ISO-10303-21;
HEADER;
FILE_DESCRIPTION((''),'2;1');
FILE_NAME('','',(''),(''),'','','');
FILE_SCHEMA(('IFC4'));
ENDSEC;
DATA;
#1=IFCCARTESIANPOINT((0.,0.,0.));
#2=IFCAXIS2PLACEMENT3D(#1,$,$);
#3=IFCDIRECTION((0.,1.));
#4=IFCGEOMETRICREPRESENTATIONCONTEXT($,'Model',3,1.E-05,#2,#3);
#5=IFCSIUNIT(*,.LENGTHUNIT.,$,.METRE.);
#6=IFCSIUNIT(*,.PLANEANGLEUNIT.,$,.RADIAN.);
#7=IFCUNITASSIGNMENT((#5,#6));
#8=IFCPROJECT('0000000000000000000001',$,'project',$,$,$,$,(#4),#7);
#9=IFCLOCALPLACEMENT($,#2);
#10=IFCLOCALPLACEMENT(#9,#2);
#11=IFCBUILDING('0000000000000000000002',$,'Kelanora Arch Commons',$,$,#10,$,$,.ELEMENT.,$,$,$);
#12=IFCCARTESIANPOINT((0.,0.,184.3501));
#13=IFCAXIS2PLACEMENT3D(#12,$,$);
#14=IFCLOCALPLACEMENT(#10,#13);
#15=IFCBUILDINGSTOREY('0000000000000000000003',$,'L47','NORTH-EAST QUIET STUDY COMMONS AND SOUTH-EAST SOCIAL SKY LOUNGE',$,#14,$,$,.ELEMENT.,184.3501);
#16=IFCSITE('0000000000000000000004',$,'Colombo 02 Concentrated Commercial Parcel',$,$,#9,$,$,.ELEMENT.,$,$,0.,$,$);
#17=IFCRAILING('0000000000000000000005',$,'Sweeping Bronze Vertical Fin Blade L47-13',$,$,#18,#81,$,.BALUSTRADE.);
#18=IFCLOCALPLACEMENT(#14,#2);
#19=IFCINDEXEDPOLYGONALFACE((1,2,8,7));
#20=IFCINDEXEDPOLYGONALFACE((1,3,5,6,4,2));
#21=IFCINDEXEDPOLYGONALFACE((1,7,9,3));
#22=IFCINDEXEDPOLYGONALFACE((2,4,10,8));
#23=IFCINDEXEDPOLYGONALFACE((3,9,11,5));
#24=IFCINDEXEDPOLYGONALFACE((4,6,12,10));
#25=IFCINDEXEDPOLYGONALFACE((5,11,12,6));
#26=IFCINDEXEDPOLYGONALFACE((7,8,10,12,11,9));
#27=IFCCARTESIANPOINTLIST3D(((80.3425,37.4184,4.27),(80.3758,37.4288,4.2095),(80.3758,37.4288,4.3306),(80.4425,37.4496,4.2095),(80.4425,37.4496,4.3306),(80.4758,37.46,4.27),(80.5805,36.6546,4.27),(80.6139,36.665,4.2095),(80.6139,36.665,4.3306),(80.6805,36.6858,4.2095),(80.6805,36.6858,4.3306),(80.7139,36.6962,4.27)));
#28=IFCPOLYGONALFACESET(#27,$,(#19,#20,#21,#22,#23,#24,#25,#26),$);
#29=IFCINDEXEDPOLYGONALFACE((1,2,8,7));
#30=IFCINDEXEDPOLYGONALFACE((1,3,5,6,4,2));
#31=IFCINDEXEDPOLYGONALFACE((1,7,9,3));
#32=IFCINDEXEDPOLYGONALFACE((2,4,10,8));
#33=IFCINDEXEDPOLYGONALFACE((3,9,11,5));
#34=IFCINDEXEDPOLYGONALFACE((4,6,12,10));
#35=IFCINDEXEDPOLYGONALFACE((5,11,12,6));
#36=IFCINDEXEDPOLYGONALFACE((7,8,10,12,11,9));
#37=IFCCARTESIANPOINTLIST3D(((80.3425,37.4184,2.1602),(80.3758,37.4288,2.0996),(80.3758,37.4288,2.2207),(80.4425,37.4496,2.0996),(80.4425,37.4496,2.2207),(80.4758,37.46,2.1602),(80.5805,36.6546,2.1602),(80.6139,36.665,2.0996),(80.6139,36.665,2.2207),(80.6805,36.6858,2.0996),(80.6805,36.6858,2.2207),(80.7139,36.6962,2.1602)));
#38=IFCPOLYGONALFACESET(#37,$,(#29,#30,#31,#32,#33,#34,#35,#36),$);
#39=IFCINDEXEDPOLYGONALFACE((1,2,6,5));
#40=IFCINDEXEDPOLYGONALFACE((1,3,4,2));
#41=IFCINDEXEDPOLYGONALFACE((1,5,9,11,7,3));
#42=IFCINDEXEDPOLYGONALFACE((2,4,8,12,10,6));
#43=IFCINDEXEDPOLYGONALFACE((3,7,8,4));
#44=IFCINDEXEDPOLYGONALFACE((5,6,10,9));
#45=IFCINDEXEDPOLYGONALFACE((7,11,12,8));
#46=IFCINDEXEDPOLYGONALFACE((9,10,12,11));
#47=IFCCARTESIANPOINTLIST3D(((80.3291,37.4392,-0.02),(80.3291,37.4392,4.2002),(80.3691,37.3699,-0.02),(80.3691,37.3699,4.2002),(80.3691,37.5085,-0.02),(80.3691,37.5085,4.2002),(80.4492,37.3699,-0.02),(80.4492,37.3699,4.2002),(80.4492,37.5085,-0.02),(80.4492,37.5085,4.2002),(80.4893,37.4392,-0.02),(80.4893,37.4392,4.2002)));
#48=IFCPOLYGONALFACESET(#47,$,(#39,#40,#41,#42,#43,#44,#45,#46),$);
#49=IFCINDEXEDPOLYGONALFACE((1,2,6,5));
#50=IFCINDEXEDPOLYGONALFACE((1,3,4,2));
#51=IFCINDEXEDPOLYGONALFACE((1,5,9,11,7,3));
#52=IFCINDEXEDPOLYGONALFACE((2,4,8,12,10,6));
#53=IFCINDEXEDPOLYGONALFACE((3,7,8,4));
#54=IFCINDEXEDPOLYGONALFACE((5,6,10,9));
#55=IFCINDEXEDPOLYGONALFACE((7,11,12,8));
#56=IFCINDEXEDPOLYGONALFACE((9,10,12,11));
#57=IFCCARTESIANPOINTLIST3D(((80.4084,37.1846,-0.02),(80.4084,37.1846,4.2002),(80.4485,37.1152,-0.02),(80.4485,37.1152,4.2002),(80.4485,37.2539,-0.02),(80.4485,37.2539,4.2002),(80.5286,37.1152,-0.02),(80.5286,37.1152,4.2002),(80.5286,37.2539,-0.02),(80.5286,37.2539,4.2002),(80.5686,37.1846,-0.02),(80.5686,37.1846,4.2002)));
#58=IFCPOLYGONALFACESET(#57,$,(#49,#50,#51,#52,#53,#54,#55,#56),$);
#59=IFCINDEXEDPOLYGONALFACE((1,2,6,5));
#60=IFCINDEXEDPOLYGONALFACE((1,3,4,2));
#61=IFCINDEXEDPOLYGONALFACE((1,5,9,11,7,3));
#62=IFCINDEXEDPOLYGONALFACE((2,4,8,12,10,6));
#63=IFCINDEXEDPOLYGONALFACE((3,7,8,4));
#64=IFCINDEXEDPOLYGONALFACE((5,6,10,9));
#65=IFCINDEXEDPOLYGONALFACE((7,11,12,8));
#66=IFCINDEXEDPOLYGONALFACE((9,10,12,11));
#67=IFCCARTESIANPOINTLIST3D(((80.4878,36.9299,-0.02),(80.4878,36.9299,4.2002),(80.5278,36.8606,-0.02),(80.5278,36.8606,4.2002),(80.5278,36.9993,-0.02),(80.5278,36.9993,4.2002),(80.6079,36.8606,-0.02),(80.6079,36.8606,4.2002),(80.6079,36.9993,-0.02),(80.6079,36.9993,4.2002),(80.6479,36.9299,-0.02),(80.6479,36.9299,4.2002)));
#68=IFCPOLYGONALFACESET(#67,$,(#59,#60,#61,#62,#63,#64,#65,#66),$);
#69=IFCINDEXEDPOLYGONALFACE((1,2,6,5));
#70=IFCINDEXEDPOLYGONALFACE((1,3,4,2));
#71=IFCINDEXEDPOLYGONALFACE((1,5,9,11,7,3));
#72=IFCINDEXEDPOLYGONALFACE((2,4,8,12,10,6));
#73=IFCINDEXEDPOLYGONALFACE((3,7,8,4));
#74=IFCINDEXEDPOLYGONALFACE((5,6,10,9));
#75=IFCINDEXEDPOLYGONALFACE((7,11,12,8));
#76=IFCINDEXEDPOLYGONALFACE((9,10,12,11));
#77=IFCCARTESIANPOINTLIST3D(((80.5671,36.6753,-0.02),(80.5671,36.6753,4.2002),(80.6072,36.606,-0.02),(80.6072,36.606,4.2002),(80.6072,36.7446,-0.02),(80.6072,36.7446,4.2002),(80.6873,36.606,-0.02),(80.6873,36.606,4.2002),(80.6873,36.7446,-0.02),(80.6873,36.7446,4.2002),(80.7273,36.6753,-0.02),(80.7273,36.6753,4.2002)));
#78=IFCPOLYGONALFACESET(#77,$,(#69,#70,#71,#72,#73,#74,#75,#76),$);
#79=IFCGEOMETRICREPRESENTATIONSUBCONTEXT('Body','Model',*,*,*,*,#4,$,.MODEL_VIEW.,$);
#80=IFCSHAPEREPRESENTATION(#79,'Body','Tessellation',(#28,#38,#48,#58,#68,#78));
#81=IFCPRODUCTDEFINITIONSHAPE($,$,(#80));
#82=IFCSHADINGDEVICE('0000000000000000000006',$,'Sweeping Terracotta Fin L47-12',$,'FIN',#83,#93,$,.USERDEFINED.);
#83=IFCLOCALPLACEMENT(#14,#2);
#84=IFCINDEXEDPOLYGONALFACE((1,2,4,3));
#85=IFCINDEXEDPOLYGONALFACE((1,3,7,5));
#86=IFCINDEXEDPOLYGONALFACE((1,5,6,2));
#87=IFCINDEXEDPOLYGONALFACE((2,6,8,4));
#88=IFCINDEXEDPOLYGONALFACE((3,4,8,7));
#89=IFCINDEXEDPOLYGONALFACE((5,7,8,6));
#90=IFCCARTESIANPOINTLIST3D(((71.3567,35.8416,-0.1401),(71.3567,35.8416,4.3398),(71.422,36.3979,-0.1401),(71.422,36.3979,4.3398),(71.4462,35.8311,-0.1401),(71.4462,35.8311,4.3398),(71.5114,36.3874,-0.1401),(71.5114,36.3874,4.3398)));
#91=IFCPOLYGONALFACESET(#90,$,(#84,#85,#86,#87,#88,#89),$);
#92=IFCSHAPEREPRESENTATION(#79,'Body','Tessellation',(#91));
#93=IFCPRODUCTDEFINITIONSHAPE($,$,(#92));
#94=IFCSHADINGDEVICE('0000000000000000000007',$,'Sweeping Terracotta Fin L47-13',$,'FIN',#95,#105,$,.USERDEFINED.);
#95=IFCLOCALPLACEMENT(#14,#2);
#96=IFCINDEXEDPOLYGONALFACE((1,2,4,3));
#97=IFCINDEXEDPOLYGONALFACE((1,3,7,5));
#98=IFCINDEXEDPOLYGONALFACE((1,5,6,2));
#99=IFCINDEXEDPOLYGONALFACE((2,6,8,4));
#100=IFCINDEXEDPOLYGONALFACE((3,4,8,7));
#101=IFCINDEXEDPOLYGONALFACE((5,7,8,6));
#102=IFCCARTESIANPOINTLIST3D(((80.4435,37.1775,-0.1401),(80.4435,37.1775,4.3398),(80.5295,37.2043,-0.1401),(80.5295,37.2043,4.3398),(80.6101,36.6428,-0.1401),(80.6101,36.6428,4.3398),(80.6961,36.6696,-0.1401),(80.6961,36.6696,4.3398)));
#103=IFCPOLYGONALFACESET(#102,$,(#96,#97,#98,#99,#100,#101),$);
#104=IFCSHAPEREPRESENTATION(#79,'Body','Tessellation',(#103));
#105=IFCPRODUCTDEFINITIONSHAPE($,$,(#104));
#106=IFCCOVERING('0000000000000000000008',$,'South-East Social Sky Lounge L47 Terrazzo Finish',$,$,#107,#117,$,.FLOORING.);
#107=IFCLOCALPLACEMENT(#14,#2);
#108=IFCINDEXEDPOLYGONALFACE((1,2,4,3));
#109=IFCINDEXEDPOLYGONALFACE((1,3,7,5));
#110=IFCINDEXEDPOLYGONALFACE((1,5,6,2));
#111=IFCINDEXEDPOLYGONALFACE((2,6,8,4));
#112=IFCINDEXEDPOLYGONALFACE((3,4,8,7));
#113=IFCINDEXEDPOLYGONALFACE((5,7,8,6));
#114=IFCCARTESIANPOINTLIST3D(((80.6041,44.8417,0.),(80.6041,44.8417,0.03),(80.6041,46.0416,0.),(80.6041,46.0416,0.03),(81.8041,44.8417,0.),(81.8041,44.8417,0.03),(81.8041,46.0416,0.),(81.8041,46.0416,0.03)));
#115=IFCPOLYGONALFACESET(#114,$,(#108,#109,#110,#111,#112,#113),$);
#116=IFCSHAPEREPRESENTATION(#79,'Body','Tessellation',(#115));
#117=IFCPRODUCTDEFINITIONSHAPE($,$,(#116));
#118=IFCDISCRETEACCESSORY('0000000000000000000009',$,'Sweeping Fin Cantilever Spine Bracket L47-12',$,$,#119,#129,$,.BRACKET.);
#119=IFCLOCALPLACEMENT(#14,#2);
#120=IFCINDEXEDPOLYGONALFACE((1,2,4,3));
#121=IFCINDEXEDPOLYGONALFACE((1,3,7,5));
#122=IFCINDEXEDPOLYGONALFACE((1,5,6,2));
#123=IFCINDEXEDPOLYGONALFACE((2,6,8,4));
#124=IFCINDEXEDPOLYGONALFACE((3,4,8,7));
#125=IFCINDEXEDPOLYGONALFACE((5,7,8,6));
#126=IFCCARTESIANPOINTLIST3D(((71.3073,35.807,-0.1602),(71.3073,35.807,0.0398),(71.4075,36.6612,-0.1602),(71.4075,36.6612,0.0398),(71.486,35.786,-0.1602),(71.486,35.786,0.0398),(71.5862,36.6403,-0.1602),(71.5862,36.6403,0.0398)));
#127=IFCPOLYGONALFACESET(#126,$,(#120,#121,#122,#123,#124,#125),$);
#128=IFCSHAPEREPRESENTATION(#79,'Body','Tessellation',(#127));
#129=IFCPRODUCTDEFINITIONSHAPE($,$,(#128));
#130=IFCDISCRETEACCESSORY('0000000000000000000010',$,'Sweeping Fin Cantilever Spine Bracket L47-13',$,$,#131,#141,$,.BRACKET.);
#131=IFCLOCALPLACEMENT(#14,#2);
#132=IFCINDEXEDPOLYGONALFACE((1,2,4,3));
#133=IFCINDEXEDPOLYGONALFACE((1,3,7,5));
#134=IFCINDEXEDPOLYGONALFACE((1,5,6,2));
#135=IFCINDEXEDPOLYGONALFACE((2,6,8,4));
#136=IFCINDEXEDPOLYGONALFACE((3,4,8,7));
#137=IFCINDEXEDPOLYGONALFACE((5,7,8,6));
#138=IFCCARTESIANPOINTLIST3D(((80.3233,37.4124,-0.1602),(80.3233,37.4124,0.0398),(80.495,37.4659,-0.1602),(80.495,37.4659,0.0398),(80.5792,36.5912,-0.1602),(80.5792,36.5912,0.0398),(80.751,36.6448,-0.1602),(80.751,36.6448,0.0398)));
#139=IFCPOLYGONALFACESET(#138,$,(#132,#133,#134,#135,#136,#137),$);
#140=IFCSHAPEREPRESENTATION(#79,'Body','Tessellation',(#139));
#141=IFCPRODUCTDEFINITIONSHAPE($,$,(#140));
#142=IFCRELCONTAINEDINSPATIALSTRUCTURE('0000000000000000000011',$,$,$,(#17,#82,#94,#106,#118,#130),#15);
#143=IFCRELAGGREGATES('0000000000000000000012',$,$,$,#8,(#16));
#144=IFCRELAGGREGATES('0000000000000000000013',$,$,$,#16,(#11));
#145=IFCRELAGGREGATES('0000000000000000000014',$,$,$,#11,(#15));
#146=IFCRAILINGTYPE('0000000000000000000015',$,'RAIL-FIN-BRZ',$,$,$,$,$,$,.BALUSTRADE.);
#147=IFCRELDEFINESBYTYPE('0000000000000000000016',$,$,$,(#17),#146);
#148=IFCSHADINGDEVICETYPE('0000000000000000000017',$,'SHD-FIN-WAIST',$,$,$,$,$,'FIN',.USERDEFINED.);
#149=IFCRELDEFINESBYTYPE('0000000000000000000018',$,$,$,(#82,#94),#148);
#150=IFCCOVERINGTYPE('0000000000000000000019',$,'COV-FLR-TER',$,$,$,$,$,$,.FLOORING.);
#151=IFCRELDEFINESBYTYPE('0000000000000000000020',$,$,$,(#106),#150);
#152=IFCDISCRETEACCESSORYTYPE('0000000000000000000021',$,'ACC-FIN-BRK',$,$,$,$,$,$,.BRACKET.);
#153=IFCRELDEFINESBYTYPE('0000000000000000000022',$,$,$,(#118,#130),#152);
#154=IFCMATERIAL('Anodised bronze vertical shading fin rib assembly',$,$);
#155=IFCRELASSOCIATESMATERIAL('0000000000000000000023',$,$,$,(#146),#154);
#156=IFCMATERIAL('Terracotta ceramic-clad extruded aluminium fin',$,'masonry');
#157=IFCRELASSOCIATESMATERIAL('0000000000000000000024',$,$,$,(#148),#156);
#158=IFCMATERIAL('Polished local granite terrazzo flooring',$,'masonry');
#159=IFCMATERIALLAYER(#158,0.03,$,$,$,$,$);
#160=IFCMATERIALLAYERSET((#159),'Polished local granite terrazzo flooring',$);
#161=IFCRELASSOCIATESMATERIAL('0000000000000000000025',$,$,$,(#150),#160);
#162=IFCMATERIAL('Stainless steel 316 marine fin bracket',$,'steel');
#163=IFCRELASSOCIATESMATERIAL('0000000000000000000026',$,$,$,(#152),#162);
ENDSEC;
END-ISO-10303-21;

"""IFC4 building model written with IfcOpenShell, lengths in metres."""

from ifc_helpers import new_model, si_unit, direction, frame, origin, origin_2d, place, context, subcontext, project, spatial, polyline, rectangle, outline, extrude, source, transform, mapped, material, layer, layer_set, type_object, element, save


model = new_model("IFC4")

# Units and contexts
model_context = context("Model", 3, precision=1e-05, world=origin(), true_north=direction((0.0, 1.0)))
body_context = subcontext(model_context, "Body", "Model", "MODEL_VIEW")
ifc_project = project(units=[si_unit("LENGTHUNIT", "METRE"), si_unit("PLANEANGLEUNIT", "RADIAN")], contexts=[model_context])

# Site, building, storey
site_placement = place(None, origin())
site = spatial("IfcSite", under=ifc_project, at=site_placement, Name="Colombo 02 Concentrated Commercial Parcel", CompositionType="ELEMENT", RefElevation=0.0)
building_placement = place(site_placement, origin())
building = spatial("IfcBuilding", under=site, at=building_placement, Name="Kelanora Arch Commons", CompositionType="ELEMENT")
storey_placement = place(building_placement, frame((0.0, 0.0, 184.3501)))
storey = spatial("IfcBuildingStorey", under=building, at=storey_placement, Name="L47", Description="NORTH-EAST QUIET STUDY COMMONS AND SOUTH-EAST SOCIAL SKY LOUNGE", CompositionType="ELEMENT", Elevation=184.3501)

# Railing
ifc_material_1 = material(Name="Anodised bronze vertical shading fin rib assembly")
railing_type = type_object("IfcRailingType", Name="RAIL-FIN-BRZ", PredefinedType="BALUSTRADE", material=ifc_material_1)
railing_1_placement = place(storey_placement, frame((80.4092, 37.4392, -0.02)))
element("IfcRailing", 1, at=railing_1_placement, inside=storey, type_object=railing_type, Name="Sweeping Bronze Vertical Fin Blade L47-13", PredefinedType="BALUSTRADE", context=body_context, shape_type="SweptSolid", body=[
    extrude(outline(polyline([(0.0698, 0.0), (0.0349, 0.0605), (-0.0349, 0.0605), (-0.0698, 0.0), (-0.0349, -0.0605), (0.0349, -0.0605), (0.0698, 0.0)])), frame((0.0, 0.0, 4.29), z_axis=(0.297493, -0.954724, 0.0), x_axis=(0.954724, 0.297493, 0.0)), (0.0, 0.0, 1.0), 0.8),
    extrude(outline(polyline([(0.0698, 0.0), (0.0349, 0.0605), (-0.0349, 0.0605), (-0.0698, 0.0), (-0.0349, -0.0605), (0.0349, -0.0605), (0.0698, 0.0)])), frame((0.0, 0.0, 2.1802), z_axis=(0.297493, -0.954724, 0.0), x_axis=(0.954724, 0.297493, 0.0)), (0.0, 0.0, 1.0), 0.8),
    extrude(outline(polyline([(0.0801, 0.0), (0.04, 0.0693), (-0.04, 0.0693), (-0.0801, 0.0), (-0.04, -0.0693), (0.04, -0.0693), (0.0801, 0.0)])), origin(), (0.0, 0.0, 1.0), 4.2202),
    extrude(outline(polyline([(0.0801, 0.0), (0.04, 0.0693), (-0.04, 0.0693), (-0.0801, 0.0), (-0.04, -0.0693), (0.04, -0.0693), (0.0801, 0.0)])), frame((0.0793, -0.2546, 0.0)), (0.0, 0.0, 1.0), 4.2202),
    extrude(outline(polyline([(0.0801, 0.0), (0.04, 0.0693), (-0.04, 0.0693), (-0.0801, 0.0), (-0.04, -0.0693), (0.04, -0.0693), (0.0801, 0.0)])), frame((0.1587, -0.5093, 0.0)), (0.0, 0.0, 1.0), 4.2202),
    extrude(outline(polyline([(0.0801, 0.0), (0.04, 0.0693), (-0.04, 0.0693), (-0.0801, 0.0), (-0.04, -0.0693), (0.04, -0.0693), (0.0801, 0.0)])), frame((0.238, -0.7639, 0.0)), (0.0, 0.0, 1.0), 4.2202),
])

# Shading devices
ifc_material_2 = material(Name="Terracotta ceramic-clad extruded aluminium fin", Category="masonry")
shading_device_type = type_object("IfcShadingDeviceType", Name="SHD-FIN-WAIST", ElementType="FIN", PredefinedType="USERDEFINED", material=ifc_material_2)
shared_shape_1 = source(origin(), body_context, "Body", "SweptSolid", [
    extrude(rectangle(XDim=0.5601, YDim=0.0901, at=origin_2d()), origin(), (0.0, 0.0, 1.0), 4.48),
])
for number, where, z_axis, x_axis, name in (
    (2, (71.4341, 36.1145, -0.1401), (0.0, 0.0, 1.0), (-0.116497, -0.993191, 0.0), "Sweeping Terracotta Fin L47-12"),
    (3, (80.5698, 36.9236, -0.1401), (0.0, 0.0, 1.0), (0.297542, -0.954709, 0.0), "Sweeping Terracotta Fin L47-13"),
):
    element("IfcShadingDevice", number, at=place(storey_placement, frame(where, z_axis=z_axis, x_axis=x_axis)), inside=storey, type_object=shading_device_type, Name=name, ObjectType="FIN", PredefinedType="USERDEFINED", context=body_context, shape_type="MappedRepresentation", body=[
        mapped(shared_shape_1, transform((0.0, 0.0, 0.0), scale=1.0)),
    ])

# Covering
ifc_material_3 = material(Name="Polished local granite terrazzo flooring", Category="masonry")
ifc_layer_1 = layer(ifc_material_3, 0.03)
ifc_layer_set_1 = layer_set([ifc_layer_1], Name="Polished local granite terrazzo flooring")
covering_type = type_object("IfcCoveringType", Name="COV-FLR-TER", PredefinedType="FLOORING", material=ifc_layer_set_1)
shared_shape_2 = source(origin(), body_context, "Body", "SweptSolid", [
    extrude(rectangle(XDim=1.2, YDim=1.2, at=origin_2d()), origin(), (0.0, 0.0, 1.0), 0.03),
])
covering_placement = place(storey_placement, frame((81.2041, 45.4417, 0.0), z_axis=(0.0, 0.0, 1.0), x_axis=(1.0, 0.0, 0.0)))
element("IfcCovering", 4, at=covering_placement, inside=storey, type_object=covering_type, Name="South-East Social Sky Lounge L47 Terrazzo Finish", PredefinedType="FLOORING", context=body_context, shape_type="MappedRepresentation", body=[
    mapped(shared_shape_2, transform((0.0, 0.0, 0.0), scale=1.0)),
])

# Discrete accessories
ifc_material_4 = material(Name="Stainless steel 316 marine fin bracket", Category="steel")
discrete_accessory_type = type_object("IfcDiscreteAccessoryType", Name="ACC-FIN-BRK", PredefinedType="BRACKET", material=ifc_material_4)
shared_shape_3 = source(origin(), body_context, "Body", "SweptSolid", [
    extrude(rectangle(XDim=0.8601, YDim=0.1799, at=origin_2d()), origin(), (0.0, 0.0, 1.0), 0.2),
])
for number, where, z_axis, x_axis, name in (
    (5, (71.4468, 36.2236, -0.1602), (0.0, 0.0, 1.0), (-0.116497, -0.993191, 0.0), "Sweeping Fin Cantilever Spine Bracket L47-12"),
    (6, (80.5371, 37.0286, -0.1602), (0.0, 0.0, 1.0), (0.297542, -0.954709, 0.0), "Sweeping Fin Cantilever Spine Bracket L47-13"),
):
    element("IfcDiscreteAccessory", number, at=place(storey_placement, frame(where, z_axis=z_axis, x_axis=x_axis)), inside=storey, type_object=discrete_accessory_type, Name=name, PredefinedType="BRACKET", context=body_context, shape_type="MappedRepresentation", body=[
        mapped(shared_shape_3, transform((0.0, 0.0, 0.0), scale=1.0)),
    ])

save(model, "model.ifc")
